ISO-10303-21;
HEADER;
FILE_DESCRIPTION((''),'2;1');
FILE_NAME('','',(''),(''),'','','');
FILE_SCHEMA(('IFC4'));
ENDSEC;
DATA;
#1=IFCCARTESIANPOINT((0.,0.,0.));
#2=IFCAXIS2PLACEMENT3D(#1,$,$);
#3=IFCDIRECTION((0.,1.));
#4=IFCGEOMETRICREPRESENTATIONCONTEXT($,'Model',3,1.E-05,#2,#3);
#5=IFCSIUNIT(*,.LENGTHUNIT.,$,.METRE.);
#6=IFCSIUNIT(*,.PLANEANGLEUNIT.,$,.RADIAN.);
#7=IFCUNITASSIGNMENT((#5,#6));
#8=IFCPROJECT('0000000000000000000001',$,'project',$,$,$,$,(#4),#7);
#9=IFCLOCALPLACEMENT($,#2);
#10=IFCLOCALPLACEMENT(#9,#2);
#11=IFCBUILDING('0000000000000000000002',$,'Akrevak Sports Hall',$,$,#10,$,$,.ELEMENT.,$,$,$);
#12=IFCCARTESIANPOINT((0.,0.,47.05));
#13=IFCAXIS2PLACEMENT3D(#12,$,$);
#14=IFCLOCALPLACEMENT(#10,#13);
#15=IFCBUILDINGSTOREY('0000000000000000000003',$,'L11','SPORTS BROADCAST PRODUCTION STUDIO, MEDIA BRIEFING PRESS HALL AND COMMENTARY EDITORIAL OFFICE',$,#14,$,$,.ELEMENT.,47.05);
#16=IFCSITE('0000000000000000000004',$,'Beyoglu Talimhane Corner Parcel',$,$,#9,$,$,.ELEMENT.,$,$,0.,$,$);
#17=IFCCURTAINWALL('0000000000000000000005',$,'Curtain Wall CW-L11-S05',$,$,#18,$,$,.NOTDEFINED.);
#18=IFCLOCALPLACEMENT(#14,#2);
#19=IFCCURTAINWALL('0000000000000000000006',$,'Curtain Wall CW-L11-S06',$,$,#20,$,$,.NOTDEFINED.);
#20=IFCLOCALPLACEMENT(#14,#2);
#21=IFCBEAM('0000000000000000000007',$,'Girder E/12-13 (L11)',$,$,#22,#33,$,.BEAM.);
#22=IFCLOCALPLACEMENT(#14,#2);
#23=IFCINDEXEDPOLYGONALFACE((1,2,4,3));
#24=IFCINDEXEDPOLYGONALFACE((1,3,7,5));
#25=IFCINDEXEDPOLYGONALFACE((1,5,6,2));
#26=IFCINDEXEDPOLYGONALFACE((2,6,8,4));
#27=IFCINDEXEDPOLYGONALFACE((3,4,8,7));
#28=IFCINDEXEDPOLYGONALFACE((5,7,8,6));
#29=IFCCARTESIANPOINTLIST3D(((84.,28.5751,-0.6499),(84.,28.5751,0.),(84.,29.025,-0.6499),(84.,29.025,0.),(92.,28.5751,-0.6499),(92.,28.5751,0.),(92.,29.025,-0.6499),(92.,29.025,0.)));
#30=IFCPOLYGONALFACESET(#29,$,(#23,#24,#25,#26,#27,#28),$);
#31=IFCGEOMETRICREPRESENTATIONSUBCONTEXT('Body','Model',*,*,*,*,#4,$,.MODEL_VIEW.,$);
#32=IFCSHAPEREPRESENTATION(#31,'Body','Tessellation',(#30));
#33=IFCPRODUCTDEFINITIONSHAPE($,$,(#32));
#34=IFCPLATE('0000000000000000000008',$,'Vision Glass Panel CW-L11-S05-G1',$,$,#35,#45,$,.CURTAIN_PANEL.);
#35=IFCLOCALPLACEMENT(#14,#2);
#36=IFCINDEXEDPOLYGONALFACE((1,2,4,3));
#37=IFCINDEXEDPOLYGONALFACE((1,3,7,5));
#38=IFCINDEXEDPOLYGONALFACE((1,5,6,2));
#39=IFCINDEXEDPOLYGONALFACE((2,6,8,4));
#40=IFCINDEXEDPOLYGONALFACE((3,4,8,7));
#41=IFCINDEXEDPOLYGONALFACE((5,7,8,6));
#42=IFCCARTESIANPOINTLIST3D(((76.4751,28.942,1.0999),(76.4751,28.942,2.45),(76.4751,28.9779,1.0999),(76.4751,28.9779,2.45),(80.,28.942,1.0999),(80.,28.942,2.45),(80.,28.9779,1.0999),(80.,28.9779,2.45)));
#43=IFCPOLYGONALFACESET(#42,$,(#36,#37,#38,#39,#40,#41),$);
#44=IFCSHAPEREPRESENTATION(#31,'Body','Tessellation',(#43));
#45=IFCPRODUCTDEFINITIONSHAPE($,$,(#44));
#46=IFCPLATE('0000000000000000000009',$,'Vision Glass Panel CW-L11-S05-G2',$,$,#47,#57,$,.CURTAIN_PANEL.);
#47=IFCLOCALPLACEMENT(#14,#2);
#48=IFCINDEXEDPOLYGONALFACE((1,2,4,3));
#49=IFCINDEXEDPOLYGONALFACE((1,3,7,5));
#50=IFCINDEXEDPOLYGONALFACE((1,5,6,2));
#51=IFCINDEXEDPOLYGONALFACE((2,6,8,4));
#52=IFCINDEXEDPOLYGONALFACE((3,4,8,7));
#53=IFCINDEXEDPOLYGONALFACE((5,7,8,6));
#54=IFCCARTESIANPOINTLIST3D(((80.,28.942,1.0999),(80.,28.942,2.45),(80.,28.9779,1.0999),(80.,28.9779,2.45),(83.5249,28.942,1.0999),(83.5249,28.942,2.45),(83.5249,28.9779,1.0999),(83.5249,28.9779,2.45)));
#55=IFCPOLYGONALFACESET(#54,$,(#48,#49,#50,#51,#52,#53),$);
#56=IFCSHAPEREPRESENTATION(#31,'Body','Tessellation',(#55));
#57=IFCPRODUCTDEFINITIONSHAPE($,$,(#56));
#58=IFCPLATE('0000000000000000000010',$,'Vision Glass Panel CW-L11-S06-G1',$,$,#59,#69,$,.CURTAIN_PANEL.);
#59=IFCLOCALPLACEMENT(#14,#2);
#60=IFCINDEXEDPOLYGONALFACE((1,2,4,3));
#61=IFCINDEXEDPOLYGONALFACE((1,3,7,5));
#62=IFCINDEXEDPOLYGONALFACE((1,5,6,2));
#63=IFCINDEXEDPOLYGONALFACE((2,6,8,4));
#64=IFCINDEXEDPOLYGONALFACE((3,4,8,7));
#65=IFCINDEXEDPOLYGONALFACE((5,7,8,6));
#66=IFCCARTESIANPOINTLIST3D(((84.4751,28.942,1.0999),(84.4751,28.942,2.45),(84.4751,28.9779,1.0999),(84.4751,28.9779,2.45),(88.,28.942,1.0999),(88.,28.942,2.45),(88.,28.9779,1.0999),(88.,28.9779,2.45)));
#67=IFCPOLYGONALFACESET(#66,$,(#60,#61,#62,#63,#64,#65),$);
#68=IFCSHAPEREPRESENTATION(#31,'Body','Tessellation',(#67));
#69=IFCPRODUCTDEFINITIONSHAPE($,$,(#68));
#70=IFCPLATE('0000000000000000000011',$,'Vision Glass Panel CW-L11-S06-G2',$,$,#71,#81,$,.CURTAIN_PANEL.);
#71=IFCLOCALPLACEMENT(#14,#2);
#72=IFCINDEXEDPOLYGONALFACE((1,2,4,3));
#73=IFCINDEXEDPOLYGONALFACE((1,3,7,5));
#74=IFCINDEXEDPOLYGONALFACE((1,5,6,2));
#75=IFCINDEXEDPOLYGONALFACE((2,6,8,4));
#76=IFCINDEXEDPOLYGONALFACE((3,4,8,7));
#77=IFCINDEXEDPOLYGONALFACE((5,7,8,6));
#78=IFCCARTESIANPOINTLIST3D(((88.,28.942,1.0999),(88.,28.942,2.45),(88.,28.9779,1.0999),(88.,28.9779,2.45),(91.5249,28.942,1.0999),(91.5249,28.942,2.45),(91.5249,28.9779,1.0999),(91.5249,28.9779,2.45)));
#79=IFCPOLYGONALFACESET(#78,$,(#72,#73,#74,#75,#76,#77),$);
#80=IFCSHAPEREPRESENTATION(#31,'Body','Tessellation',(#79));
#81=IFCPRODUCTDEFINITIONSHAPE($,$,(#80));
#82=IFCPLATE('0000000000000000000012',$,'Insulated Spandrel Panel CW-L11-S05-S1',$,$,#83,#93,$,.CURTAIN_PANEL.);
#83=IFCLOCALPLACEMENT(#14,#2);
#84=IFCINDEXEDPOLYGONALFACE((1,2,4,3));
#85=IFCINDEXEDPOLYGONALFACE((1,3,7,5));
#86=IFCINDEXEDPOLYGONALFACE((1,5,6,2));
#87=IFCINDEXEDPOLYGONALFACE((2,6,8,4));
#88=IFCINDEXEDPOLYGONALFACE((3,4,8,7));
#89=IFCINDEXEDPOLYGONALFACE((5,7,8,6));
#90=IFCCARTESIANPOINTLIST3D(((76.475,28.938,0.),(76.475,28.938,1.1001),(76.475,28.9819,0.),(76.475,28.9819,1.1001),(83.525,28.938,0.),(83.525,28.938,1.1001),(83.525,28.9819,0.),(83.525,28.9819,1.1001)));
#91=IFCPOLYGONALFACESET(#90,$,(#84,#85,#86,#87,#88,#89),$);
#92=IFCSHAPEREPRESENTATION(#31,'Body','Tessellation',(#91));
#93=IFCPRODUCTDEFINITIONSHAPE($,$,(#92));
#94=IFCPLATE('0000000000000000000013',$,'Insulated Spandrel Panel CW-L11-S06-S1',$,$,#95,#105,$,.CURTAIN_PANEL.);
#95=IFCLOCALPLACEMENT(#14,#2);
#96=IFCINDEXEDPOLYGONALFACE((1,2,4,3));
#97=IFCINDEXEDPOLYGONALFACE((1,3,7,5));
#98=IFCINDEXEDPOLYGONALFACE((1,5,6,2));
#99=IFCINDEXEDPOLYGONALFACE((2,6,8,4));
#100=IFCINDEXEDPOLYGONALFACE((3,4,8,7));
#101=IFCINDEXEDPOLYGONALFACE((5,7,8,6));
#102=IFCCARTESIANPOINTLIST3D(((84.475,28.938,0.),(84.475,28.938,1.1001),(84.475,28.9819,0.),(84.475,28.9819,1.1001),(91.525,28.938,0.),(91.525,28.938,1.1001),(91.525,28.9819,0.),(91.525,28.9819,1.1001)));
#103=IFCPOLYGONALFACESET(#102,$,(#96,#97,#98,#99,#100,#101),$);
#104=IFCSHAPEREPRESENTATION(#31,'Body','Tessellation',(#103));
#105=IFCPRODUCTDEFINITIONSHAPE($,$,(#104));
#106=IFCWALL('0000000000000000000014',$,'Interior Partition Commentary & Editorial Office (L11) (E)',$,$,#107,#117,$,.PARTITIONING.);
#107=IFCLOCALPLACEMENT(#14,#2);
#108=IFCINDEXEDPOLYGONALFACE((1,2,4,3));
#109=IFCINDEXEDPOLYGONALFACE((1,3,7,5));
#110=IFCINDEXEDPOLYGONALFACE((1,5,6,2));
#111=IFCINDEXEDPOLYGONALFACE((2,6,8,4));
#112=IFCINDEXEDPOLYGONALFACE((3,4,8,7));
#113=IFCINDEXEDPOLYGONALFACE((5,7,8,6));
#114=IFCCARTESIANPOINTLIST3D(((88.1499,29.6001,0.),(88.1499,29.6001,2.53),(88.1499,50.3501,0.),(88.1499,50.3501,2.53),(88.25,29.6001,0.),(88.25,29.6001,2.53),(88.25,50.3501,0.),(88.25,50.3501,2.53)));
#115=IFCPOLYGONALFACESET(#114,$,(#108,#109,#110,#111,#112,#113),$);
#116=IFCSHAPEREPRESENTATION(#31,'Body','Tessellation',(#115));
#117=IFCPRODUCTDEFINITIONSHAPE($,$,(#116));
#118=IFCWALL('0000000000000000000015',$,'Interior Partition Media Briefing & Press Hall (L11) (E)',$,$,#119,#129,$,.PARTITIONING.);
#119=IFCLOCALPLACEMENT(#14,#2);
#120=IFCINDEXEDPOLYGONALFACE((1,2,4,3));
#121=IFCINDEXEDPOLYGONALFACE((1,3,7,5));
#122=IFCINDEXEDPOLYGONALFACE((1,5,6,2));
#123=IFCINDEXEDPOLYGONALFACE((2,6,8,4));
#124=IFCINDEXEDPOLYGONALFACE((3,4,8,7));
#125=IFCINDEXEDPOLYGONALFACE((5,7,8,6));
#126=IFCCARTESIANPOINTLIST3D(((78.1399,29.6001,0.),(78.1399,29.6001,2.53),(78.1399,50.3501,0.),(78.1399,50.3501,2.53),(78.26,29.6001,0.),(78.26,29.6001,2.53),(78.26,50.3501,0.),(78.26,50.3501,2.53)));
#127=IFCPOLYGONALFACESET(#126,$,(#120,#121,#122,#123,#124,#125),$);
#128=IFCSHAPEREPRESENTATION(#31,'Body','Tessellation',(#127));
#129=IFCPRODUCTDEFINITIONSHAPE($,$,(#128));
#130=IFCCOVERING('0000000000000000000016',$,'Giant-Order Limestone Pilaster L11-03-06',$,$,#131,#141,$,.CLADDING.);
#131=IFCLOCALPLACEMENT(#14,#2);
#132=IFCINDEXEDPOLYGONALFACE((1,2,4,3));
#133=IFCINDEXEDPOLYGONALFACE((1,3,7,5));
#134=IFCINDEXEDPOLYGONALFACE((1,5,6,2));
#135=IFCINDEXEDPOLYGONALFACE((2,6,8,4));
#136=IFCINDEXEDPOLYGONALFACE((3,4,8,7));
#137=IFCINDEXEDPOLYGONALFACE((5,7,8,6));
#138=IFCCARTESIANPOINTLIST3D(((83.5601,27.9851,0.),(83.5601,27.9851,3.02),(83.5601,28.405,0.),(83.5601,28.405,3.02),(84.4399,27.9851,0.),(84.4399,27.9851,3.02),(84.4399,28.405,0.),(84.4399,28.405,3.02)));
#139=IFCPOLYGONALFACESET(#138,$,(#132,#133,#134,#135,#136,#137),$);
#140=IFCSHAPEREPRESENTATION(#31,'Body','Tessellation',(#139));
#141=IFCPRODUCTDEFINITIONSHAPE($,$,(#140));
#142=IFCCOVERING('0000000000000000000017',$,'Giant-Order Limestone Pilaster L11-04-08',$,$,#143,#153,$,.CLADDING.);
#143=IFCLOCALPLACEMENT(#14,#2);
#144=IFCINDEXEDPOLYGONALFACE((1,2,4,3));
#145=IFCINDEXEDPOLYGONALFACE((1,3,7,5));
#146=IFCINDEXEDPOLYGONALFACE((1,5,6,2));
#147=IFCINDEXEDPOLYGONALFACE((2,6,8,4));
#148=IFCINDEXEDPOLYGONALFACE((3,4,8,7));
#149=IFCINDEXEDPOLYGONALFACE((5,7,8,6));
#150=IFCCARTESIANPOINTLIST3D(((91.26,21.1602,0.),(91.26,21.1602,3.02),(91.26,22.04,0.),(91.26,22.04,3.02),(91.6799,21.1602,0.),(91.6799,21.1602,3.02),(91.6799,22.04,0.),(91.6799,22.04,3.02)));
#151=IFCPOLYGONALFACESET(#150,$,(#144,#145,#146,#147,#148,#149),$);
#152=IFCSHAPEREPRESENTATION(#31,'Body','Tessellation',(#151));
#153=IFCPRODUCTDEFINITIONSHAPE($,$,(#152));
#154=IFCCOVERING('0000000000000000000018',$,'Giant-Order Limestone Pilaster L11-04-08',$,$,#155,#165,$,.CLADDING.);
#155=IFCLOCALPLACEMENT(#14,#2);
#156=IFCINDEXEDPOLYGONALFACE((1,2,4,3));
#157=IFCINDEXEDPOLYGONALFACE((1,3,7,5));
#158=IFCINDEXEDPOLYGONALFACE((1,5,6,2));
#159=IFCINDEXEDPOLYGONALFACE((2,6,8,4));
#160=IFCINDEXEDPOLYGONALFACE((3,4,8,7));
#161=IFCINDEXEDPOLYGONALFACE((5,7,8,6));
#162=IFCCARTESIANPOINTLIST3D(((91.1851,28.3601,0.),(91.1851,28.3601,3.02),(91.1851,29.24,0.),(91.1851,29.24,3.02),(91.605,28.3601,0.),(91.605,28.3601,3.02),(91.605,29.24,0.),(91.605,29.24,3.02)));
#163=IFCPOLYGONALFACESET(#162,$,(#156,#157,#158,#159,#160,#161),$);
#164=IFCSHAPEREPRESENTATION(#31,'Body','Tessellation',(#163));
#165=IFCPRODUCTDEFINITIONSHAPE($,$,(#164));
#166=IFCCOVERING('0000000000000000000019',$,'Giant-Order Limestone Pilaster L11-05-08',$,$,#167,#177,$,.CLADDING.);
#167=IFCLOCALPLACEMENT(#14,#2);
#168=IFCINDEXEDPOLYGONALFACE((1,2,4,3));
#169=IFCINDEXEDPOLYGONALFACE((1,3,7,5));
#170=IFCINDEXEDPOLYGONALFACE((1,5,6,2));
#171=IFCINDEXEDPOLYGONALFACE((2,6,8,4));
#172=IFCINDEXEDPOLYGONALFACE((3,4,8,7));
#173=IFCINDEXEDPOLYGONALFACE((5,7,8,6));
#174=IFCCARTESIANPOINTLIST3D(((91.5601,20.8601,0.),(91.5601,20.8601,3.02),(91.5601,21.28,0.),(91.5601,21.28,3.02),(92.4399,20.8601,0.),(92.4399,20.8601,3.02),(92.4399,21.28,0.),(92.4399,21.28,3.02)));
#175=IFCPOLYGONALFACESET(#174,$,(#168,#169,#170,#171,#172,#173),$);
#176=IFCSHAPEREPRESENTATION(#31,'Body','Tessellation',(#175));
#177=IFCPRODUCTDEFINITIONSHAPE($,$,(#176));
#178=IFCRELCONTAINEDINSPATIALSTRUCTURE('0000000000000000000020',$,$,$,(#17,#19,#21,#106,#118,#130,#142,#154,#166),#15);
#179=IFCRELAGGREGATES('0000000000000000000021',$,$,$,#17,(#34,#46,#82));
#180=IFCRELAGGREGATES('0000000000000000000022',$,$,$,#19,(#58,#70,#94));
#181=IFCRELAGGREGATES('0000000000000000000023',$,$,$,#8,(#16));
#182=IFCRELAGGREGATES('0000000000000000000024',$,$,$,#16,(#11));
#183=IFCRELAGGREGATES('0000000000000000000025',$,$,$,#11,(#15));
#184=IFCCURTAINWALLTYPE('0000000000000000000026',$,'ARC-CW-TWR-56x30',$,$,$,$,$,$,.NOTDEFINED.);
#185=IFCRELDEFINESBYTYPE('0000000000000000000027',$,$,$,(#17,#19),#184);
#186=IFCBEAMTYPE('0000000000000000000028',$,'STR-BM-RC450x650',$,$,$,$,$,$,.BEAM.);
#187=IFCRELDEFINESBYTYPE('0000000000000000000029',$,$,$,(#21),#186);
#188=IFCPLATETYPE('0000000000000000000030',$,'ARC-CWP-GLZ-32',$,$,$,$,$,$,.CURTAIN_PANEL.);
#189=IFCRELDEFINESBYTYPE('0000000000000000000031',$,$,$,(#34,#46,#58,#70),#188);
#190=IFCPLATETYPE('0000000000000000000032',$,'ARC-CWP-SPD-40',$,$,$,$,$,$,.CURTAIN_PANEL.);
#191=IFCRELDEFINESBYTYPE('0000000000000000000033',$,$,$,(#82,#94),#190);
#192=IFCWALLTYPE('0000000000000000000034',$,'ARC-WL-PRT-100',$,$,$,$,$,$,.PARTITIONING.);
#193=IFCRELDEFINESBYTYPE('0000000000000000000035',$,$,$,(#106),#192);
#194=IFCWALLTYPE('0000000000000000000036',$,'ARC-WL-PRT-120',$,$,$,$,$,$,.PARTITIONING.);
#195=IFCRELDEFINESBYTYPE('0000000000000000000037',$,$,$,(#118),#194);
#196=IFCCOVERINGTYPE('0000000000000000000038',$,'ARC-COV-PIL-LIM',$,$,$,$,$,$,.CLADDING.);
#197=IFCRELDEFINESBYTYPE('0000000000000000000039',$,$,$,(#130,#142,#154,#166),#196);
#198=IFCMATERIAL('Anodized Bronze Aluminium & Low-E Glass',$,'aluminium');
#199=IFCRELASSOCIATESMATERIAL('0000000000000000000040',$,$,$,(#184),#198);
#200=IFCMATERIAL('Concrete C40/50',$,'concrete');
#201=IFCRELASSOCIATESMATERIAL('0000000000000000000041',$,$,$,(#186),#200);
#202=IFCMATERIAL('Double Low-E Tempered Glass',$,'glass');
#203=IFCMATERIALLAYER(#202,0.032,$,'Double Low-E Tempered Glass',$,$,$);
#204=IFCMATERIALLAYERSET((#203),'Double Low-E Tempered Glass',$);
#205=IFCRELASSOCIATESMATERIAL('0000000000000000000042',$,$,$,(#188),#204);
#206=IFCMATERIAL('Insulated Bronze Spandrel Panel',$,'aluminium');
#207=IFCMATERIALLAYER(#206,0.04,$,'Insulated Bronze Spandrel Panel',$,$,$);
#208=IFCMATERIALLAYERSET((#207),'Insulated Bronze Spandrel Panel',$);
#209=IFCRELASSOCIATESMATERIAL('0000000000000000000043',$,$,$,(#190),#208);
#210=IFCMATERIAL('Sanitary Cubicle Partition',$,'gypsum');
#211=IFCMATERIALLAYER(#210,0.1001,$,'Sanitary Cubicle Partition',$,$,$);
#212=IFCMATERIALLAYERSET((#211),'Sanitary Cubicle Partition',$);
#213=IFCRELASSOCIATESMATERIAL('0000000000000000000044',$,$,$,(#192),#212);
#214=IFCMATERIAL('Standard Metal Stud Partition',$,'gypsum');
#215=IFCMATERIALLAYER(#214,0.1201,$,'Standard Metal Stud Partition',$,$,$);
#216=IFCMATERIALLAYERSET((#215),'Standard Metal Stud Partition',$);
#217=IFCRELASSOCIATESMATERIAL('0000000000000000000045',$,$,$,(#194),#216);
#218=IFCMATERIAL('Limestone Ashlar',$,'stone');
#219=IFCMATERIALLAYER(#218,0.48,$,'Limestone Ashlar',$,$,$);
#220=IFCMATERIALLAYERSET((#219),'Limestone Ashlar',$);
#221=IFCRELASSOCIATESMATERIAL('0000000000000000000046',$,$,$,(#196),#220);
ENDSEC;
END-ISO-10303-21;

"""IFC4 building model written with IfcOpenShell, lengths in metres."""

from ifc_helpers import new_model, si_unit, direction, frame, frame_2d, origin, origin_2d, place, context, subcontext, project, spatial, rectangle, extrude, material, layer, layer_set, material_profile, profile_set, type_object, element, aggregate, save


model = new_model("IFC4")

# Units and contexts
model_context = context("Model", 3, precision=1e-05, world=origin(), true_north=direction((0.0, 1.0)))
body_context = subcontext(model_context, "Body", "Model", "MODEL_VIEW")
ifc_project = project(units=[si_unit("LENGTHUNIT", "METRE"), si_unit("PLANEANGLEUNIT", "RADIAN")], contexts=[model_context])

# Site, building, storey
site_placement = place(None, origin())
site = spatial("IfcSite", under=ifc_project, at=site_placement, Name="Beyoglu Talimhane Corner Parcel", CompositionType="ELEMENT", RefElevation=0.0)
building_placement = place(site_placement, origin())
building = spatial("IfcBuilding", under=site, at=building_placement, Name="Akrevak Sports Hall", CompositionType="ELEMENT")
storey_placement = place(building_placement, frame((0.0, 0.0, 47.05)))
storey = spatial("IfcBuildingStorey", under=building, at=storey_placement, Name="L11", Description="SPORTS BROADCAST PRODUCTION STUDIO, MEDIA BRIEFING PRESS HALL AND COMMENTARY EDITORIAL OFFICE", CompositionType="ELEMENT", Elevation=47.05)

# Curtain walls
ifc_material_1 = material(Name="Anodized Bronze Aluminium & Low-E Glass", Category="aluminium")
curtain_wall_type = type_object("IfcCurtainWallType", Name="ARC-CW-TWR-56x30", PredefinedType="NOTDEFINED", material=ifc_material_1)
curtain_wall_1_placement = place(storey_placement, origin())
curtain_wall_1 = element("IfcCurtainWall", 1, at=curtain_wall_1_placement, inside=storey, type_object=curtain_wall_type, Name="Curtain Wall CW-L11-S05", PredefinedType="NOTDEFINED")
curtain_wall_2_placement = place(storey_placement, origin())
curtain_wall_2 = element("IfcCurtainWall", 2, at=curtain_wall_2_placement, inside=storey, type_object=curtain_wall_type, Name="Curtain Wall CW-L11-S06", PredefinedType="NOTDEFINED")

# Beam
ifc_material_2 = material(Name="Concrete C40/50", Category="concrete")
ifc_material_profile_1 = material_profile(ifc_material_2, rectangle(XDim=0.45, YDim=0.6499, at=origin_2d()), Name="BM 450x650", Category="concrete")
ifc_profile_set_1 = profile_set([ifc_material_profile_1], Name="Concrete C40/50")
beam_type = type_object("IfcBeamType", Name="STR-BM-RC450x650", PredefinedType="BEAM", material=ifc_profile_set_1)
beam_placement = place(storey_placement, frame((84.0, 28.8, -0.325), z_axis=(1.0, 0.0, 0.0), x_axis=(0.0, 1.0, 0.0)))
element("IfcBeam", 3, at=beam_placement, inside=storey, type_object=beam_type, Name="Girder E/12-13 (L11)", PredefinedType="BEAM", context=body_context, shape_type="SweptSolid", body=[
    extrude(rectangle(XDim=0.45, YDim=0.6499, at=origin_2d()), origin(), (0.0, 0.0, 1.0), 8.0),
])

# Plates
ifc_material_3 = material(Name="Double Low-E Tempered Glass", Category="glass")
ifc_layer_1 = layer(ifc_material_3, 0.032, Name="Double Low-E Tempered Glass")
ifc_layer_set_1 = layer_set([ifc_layer_1], Name="Double Low-E Tempered Glass")
plate_type_1 = type_object("IfcPlateType", Name="ARC-CWP-GLZ-32", PredefinedType="CURTAIN_PANEL", material=ifc_layer_set_1)
plate_1_placement = place(storey_placement, frame((78.2375, 28.96, 1.0999), z_axis=(0.0, 0.0, 1.0), x_axis=(1.0, 0.0, 0.0)))
plate_1 = element("IfcPlate", 4, at=plate_1_placement, type_object=plate_type_1, Name="Vision Glass Panel CW-L11-S05-G1", PredefinedType="CURTAIN_PANEL", context=body_context, shape_type="SweptSolid", body=[
    extrude(rectangle(XDim=3.5249, YDim=0.0359, at=origin_2d()), origin(), (0.0, 0.0, 1.0), 1.3501),
])
plate_2_placement = place(storey_placement, frame((81.7625, 28.96, 1.0999), z_axis=(0.0, 0.0, 1.0), x_axis=(1.0, 0.0, 0.0)))
plate_2 = element("IfcPlate", 5, at=plate_2_placement, type_object=plate_type_1, Name="Vision Glass Panel CW-L11-S05-G2", PredefinedType="CURTAIN_PANEL", context=body_context, shape_type="SweptSolid", body=[
    extrude(rectangle(XDim=3.5249, YDim=0.0359, at=origin_2d()), origin(), (0.0, 0.0, 1.0), 1.3501),
])
plate_3_placement = place(storey_placement, frame((86.2375, 28.96, 1.0999), z_axis=(0.0, 0.0, 1.0), x_axis=(1.0, 0.0, 0.0)))
plate_3 = element("IfcPlate", 6, at=plate_3_placement, type_object=plate_type_1, Name="Vision Glass Panel CW-L11-S06-G1", PredefinedType="CURTAIN_PANEL", context=body_context, shape_type="SweptSolid", body=[
    extrude(rectangle(XDim=3.5249, YDim=0.0359, at=origin_2d()), origin(), (0.0, 0.0, 1.0), 1.3501),
])
plate_4_placement = place(storey_placement, frame((89.7625, 28.96, 1.0999), z_axis=(0.0, 0.0, 1.0), x_axis=(1.0, 0.0, 0.0)))
plate_4 = element("IfcPlate", 7, at=plate_4_placement, type_object=plate_type_1, Name="Vision Glass Panel CW-L11-S06-G2", PredefinedType="CURTAIN_PANEL", context=body_context, shape_type="SweptSolid", body=[
    extrude(rectangle(XDim=3.5249, YDim=0.0359, at=origin_2d()), origin(), (0.0, 0.0, 1.0), 1.3501),
])
ifc_material_4 = material(Name="Insulated Bronze Spandrel Panel", Category="aluminium")
ifc_layer_2 = layer(ifc_material_4, 0.04, Name="Insulated Bronze Spandrel Panel")
ifc_layer_set_2 = layer_set([ifc_layer_2], Name="Insulated Bronze Spandrel Panel")
plate_type_2 = type_object("IfcPlateType", Name="ARC-CWP-SPD-40", PredefinedType="CURTAIN_PANEL", material=ifc_layer_set_2)
plate_5_placement = place(storey_placement, frame((80.0, 28.96, 0.0), z_axis=(0.0, 0.0, 1.0), x_axis=(1.0, 0.0, 0.0)))
plate_5 = element("IfcPlate", 8, at=plate_5_placement, type_object=plate_type_2, Name="Insulated Spandrel Panel CW-L11-S05-S1", PredefinedType="CURTAIN_PANEL", context=body_context, shape_type="SweptSolid", body=[
    extrude(rectangle(XDim=7.05, YDim=0.0439, at=origin_2d()), origin(), (0.0, 0.0, 1.0), 1.1001),
])
aggregate(curtain_wall_1, [plate_1, plate_2, plate_5])
plate_6_placement = place(storey_placement, frame((88.0, 28.96, 0.0), z_axis=(0.0, 0.0, 1.0), x_axis=(1.0, 0.0, 0.0)))
plate_6 = element("IfcPlate", 9, at=plate_6_placement, type_object=plate_type_2, Name="Insulated Spandrel Panel CW-L11-S06-S1", PredefinedType="CURTAIN_PANEL", context=body_context, shape_type="SweptSolid", body=[
    extrude(rectangle(XDim=7.05, YDim=0.0439, at=origin_2d()), origin(), (0.0, 0.0, 1.0), 1.1001),
])
aggregate(curtain_wall_2, [plate_3, plate_4, plate_6])

# Walls
ifc_material_5 = material(Name="Sanitary Cubicle Partition", Category="gypsum")
ifc_layer_3 = layer(ifc_material_5, 0.1001, Name="Sanitary Cubicle Partition")
ifc_layer_set_3 = layer_set([ifc_layer_3], Name="Sanitary Cubicle Partition")
wall_type_1 = type_object("IfcWallType", Name="ARC-WL-PRT-100", PredefinedType="PARTITIONING", material=ifc_layer_set_3)
wall_1_placement = place(storey_placement, frame((88.2, 29.6001, 0.0), z_axis=(0.0, 0.0, 1.0), x_axis=(0.0, 1.0, 0.0)))
element("IfcWall", 10, at=wall_1_placement, inside=storey, type_object=wall_type_1, Name="Interior Partition Commentary & Editorial Office (L11) (E)", PredefinedType="PARTITIONING", context=body_context, shape_type="SweptSolid", body=[
    extrude(rectangle(XDim=20.75, YDim=0.1001, at=frame_2d((10.375, 0.0))), origin(), (0.0, 0.0, 1.0), 2.53),
])
ifc_material_6 = material(Name="Standard Metal Stud Partition", Category="gypsum")
ifc_layer_4 = layer(ifc_material_6, 0.1201, Name="Standard Metal Stud Partition")
ifc_layer_set_4 = layer_set([ifc_layer_4], Name="Standard Metal Stud Partition")
wall_type_2 = type_object("IfcWallType", Name="ARC-WL-PRT-120", PredefinedType="PARTITIONING", material=ifc_layer_set_4)
wall_2_placement = place(storey_placement, frame((78.2, 29.6001, 0.0), z_axis=(0.0, 0.0, 1.0), x_axis=(0.0, 1.0, 0.0)))
element("IfcWall", 11, at=wall_2_placement, inside=storey, type_object=wall_type_2, Name="Interior Partition Media Briefing & Press Hall (L11) (E)", PredefinedType="PARTITIONING", context=body_context, shape_type="SweptSolid", body=[
    extrude(rectangle(XDim=20.75, YDim=0.1201, at=frame_2d((10.375, 0.0))), origin(), (0.0, 0.0, 1.0), 2.53),
])

# Coverings
ifc_material_7 = material(Name="Limestone Ashlar", Category="stone")
ifc_layer_5 = layer(ifc_material_7, 0.48, Name="Limestone Ashlar")
ifc_layer_set_5 = layer_set([ifc_layer_5], Name="Limestone Ashlar")
covering_type = type_object("IfcCoveringType", Name="ARC-COV-PIL-LIM", PredefinedType="CLADDING", material=ifc_layer_set_5)
for number, where, z_axis, x_axis, name in (
    (12, (84.0, 28.1951, 0.0), (0.0, 0.0, 1.0), (1.0, 0.0, 0.0), "Giant-Order Limestone Pilaster L11-03-06"),
    (13, (91.47, 21.6001, 0.0), (0.0, 0.0, 1.0), (0.0, -1.0, 0.0), "Giant-Order Limestone Pilaster L11-04-08"),
    (14, (91.395, 28.8, 0.0), (0.0, 0.0, 1.0), (0.0, -1.0, 0.0), "Giant-Order Limestone Pilaster L11-04-08"),
    (15, (92.0, 21.0701, 0.0), (0.0, 0.0, 1.0), (1.0, 0.0, 0.0), "Giant-Order Limestone Pilaster L11-05-08"),
):
    element("IfcCovering", number, at=place(storey_placement, frame(where, z_axis=z_axis, x_axis=x_axis)), inside=storey, type_object=covering_type, Name=name, PredefinedType="CLADDING", context=body_context, shape_type="SweptSolid", body=[
        extrude(rectangle(XDim=0.8799, YDim=0.4199, at=origin_2d()), origin(), (0.0, 0.0, 1.0), 3.02),
    ])

save(model, "model.ifc")
